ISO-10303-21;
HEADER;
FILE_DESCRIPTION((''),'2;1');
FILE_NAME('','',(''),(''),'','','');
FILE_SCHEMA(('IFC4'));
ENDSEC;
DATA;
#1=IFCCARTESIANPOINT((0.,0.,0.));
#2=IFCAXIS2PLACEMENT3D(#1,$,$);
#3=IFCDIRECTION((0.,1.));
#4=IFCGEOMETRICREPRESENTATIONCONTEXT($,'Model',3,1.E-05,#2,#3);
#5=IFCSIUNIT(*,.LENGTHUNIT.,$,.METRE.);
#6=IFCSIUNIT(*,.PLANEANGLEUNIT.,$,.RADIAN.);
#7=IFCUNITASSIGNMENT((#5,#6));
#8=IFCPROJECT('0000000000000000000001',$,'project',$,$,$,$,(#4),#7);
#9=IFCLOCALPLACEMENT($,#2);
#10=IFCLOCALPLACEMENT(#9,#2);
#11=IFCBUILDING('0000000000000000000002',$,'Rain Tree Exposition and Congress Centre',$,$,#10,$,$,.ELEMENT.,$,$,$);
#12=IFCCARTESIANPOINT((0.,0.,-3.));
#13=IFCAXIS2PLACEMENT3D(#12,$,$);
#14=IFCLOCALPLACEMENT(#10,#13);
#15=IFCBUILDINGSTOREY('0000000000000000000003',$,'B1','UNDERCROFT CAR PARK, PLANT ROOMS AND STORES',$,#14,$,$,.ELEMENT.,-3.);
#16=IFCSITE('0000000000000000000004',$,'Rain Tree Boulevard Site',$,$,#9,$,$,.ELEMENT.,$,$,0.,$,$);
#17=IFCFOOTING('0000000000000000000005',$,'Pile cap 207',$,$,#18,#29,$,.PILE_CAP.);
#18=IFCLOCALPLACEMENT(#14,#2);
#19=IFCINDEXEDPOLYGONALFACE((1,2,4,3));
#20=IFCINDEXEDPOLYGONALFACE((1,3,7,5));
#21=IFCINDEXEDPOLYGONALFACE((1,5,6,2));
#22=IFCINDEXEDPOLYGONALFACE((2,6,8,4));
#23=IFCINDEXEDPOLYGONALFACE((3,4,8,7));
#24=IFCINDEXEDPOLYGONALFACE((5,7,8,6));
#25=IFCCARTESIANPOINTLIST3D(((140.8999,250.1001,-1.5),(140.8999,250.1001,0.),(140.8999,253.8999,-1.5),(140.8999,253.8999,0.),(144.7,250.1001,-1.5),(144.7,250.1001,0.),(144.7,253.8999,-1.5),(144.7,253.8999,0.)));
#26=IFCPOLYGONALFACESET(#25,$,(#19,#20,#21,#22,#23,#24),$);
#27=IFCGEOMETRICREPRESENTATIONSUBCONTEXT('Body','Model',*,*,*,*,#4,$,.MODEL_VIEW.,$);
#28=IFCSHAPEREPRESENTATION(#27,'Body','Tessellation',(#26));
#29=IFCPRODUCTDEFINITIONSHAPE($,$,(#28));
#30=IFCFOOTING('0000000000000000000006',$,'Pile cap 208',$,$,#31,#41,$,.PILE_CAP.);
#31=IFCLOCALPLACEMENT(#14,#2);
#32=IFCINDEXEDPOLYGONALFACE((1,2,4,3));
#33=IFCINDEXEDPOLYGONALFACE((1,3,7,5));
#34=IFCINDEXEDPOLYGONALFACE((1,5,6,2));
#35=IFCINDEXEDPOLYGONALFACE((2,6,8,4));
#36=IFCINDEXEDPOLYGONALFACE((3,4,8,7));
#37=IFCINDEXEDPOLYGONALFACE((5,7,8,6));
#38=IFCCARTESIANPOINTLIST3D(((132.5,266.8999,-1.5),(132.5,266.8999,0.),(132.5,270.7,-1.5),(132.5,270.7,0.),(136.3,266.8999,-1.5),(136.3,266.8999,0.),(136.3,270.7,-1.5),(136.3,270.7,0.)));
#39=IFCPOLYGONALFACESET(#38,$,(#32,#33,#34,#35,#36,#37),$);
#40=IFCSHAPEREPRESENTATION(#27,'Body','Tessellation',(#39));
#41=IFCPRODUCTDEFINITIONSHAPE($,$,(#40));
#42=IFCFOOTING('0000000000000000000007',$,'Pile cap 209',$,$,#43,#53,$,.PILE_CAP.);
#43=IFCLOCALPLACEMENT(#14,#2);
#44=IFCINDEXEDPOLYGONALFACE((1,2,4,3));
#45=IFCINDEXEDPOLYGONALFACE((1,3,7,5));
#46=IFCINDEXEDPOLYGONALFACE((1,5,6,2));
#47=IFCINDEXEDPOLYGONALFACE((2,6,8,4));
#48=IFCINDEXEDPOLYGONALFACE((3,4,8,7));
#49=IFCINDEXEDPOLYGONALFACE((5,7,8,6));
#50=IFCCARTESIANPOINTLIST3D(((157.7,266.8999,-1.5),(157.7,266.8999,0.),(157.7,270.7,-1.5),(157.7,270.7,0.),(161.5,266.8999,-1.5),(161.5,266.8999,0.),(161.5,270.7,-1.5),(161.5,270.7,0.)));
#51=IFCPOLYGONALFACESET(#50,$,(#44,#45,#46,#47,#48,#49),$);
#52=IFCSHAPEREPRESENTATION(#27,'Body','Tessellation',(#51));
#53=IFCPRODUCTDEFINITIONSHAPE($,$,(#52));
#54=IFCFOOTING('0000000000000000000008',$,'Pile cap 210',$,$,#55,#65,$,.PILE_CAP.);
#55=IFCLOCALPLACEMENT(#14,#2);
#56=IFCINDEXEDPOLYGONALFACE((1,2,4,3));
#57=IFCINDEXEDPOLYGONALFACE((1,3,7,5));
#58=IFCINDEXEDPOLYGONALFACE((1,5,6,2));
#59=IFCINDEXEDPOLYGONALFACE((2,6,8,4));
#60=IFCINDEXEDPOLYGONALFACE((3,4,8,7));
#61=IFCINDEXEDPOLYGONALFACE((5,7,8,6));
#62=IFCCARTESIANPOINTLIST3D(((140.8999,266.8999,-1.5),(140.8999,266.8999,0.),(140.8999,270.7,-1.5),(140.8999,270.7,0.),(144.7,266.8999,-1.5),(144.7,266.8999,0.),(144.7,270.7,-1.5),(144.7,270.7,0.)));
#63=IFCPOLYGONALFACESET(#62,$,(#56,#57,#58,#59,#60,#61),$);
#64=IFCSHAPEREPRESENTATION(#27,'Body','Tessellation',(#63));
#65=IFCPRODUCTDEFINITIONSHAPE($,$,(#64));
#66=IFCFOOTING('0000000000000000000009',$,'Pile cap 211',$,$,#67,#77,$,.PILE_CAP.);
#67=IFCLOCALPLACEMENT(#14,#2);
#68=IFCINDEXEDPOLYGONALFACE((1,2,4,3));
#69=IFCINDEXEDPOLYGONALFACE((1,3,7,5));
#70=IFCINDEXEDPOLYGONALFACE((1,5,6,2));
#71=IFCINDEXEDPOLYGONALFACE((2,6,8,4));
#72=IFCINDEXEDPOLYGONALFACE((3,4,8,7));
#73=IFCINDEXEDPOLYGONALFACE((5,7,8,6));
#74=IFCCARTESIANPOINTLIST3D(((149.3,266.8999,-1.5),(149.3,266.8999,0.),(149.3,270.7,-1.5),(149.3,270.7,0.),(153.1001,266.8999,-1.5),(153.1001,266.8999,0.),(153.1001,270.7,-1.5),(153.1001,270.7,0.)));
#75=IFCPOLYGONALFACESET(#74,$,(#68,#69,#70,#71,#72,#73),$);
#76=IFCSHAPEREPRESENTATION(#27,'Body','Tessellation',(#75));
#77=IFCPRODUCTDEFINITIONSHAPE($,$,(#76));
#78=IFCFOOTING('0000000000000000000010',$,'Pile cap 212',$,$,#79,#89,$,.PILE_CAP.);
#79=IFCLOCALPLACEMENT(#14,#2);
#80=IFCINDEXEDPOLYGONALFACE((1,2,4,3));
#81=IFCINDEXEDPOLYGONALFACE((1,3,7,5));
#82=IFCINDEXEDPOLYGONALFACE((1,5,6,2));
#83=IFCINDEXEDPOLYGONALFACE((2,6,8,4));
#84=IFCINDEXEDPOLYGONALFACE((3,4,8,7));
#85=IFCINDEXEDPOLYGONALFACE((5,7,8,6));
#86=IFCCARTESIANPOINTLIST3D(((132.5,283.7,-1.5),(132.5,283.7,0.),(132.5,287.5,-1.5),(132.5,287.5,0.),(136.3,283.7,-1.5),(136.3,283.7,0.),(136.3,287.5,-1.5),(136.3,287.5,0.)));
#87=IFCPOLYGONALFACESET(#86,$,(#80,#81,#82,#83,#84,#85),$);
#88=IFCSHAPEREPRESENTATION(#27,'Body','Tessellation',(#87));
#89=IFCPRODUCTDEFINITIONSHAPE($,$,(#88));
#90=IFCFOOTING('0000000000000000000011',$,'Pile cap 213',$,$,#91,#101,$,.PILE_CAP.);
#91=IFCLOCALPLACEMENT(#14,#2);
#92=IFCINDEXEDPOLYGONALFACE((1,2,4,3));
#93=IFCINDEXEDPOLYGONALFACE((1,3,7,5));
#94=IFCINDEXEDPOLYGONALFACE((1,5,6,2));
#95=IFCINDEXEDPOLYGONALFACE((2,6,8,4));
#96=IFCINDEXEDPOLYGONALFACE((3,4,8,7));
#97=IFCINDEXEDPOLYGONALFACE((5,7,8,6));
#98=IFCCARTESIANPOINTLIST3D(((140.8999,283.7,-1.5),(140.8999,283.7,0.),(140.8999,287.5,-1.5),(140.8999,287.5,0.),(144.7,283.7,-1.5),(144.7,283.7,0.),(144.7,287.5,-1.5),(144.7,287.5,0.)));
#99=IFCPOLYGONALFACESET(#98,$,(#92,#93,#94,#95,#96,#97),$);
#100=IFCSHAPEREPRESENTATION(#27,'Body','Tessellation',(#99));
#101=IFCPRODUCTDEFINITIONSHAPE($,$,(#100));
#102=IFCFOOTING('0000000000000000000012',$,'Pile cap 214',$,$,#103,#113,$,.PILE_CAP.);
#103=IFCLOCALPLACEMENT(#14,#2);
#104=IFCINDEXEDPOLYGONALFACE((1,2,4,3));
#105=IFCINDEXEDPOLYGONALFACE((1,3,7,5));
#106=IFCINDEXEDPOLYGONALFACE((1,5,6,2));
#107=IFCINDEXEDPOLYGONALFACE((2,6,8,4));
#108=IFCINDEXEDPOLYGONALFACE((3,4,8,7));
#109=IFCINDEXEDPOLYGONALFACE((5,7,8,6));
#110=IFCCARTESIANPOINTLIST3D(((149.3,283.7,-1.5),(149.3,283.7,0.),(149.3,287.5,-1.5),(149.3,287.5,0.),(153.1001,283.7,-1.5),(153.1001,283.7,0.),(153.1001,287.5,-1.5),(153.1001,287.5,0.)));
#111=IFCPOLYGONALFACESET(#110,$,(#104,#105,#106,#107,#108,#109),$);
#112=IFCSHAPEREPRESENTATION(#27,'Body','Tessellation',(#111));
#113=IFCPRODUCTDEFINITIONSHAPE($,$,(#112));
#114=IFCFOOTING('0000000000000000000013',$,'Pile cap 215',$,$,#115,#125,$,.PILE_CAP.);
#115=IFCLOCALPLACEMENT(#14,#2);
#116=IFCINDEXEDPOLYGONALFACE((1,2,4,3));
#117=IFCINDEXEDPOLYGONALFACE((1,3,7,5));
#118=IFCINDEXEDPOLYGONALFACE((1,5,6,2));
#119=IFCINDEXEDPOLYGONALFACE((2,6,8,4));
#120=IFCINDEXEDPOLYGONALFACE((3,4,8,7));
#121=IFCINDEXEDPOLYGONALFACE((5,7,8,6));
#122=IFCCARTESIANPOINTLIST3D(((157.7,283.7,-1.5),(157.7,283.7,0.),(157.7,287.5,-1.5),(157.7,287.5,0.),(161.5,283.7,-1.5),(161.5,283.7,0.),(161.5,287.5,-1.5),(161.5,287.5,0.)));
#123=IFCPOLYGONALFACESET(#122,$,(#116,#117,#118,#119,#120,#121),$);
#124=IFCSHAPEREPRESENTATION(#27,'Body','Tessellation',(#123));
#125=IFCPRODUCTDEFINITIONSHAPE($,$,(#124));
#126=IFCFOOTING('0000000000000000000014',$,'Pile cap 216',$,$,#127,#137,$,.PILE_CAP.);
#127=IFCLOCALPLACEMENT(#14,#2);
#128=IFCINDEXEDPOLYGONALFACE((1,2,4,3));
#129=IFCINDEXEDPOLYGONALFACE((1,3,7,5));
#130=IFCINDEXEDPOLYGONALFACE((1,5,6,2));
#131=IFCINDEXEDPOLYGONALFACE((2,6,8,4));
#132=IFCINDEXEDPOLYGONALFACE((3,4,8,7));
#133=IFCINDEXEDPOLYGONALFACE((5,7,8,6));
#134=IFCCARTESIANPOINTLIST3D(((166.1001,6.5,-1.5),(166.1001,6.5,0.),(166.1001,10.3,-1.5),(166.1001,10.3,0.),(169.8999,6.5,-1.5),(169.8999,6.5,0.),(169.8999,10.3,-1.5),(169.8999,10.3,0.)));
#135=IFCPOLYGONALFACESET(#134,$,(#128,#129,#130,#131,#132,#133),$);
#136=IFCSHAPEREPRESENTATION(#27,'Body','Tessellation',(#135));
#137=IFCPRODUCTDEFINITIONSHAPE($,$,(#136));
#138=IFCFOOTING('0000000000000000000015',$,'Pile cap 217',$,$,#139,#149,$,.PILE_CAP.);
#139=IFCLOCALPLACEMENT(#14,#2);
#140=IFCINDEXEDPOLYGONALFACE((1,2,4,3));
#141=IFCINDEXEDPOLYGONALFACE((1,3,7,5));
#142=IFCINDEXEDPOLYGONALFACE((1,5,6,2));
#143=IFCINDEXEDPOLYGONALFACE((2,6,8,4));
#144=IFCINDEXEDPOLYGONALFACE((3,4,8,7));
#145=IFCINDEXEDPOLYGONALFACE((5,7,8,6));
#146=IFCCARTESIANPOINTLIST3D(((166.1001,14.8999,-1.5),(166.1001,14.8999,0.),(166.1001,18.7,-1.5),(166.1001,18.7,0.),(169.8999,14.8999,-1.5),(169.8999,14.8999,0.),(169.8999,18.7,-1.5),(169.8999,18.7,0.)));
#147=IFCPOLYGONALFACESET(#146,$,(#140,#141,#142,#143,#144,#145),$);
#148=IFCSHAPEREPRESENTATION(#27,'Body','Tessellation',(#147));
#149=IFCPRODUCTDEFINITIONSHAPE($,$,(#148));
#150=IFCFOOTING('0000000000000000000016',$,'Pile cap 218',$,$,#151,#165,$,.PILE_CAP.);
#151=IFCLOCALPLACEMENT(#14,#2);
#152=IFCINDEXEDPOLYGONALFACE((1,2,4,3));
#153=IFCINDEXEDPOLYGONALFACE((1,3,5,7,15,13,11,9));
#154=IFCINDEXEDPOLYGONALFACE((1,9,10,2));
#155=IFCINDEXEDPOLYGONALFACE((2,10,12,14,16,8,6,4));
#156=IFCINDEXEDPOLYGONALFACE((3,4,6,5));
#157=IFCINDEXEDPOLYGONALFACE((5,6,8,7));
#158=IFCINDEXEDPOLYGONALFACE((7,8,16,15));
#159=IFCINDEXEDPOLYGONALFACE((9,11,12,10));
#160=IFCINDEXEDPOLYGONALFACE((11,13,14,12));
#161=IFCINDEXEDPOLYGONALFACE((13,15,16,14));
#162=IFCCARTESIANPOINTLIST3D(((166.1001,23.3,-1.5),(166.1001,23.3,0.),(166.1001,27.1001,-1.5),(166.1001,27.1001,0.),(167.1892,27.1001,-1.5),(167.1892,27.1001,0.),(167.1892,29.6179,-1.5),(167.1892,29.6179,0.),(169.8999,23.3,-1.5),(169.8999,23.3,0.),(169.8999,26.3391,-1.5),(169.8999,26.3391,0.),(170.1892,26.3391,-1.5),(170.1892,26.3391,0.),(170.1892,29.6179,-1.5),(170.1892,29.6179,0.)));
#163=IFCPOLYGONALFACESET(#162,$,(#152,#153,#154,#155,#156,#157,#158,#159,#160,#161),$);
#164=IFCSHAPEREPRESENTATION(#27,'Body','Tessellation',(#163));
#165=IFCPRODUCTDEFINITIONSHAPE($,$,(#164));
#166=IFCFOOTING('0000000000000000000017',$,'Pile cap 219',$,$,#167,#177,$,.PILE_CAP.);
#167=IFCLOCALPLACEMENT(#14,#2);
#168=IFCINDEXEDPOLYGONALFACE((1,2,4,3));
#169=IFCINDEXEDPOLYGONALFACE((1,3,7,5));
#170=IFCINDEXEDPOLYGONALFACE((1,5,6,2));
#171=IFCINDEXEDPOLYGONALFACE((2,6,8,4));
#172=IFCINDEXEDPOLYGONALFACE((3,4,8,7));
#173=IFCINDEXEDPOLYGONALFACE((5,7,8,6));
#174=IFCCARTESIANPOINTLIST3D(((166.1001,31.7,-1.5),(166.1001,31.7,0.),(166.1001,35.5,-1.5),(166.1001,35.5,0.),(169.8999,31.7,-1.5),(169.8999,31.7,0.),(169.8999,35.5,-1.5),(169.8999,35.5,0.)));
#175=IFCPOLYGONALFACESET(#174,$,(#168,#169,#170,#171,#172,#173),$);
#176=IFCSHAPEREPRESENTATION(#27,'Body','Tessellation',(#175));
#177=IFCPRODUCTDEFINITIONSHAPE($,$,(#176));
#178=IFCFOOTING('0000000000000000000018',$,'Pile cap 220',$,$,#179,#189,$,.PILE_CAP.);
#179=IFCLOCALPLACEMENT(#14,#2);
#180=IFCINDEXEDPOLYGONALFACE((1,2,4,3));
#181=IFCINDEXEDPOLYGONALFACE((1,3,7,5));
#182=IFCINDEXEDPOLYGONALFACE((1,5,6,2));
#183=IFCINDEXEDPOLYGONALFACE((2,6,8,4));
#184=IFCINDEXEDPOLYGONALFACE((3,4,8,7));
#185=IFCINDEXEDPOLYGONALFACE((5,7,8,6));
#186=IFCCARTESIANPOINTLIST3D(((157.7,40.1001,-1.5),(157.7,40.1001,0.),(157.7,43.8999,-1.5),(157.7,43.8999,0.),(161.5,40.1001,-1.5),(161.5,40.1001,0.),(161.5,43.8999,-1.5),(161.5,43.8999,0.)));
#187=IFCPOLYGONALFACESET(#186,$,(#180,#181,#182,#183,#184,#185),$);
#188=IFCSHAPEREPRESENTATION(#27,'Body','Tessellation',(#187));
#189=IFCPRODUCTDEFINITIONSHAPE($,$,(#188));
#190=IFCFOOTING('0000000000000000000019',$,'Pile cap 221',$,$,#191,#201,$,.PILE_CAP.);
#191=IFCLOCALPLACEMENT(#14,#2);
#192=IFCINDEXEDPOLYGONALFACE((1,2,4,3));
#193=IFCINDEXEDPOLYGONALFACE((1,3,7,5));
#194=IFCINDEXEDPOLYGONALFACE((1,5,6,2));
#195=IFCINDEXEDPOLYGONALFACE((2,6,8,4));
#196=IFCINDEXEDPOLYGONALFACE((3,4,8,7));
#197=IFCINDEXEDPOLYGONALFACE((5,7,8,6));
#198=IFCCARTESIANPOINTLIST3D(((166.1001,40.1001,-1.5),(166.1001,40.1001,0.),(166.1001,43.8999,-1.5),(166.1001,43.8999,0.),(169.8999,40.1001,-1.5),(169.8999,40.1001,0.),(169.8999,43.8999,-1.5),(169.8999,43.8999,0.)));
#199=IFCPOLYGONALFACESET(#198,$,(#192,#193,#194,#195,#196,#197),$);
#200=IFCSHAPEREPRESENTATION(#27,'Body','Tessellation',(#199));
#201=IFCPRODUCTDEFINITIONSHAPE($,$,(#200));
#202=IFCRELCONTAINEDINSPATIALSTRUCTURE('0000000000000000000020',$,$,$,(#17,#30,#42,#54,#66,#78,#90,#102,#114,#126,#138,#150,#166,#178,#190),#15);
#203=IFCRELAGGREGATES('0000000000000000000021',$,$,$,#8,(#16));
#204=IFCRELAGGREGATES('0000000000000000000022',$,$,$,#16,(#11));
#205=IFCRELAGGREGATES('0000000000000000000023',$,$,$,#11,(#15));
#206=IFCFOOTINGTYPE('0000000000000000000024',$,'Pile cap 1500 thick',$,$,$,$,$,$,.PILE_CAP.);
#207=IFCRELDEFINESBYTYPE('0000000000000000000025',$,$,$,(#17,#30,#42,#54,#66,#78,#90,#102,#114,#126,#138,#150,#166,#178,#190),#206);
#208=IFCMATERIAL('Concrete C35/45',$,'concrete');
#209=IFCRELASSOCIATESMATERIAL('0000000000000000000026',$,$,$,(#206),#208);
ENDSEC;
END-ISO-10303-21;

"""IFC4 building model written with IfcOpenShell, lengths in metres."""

from ifc_helpers import new_model, si_unit, direction, frame, origin, place, context, subcontext, project, spatial, polyline, outline, extrude, material, type_object, element, save


model = new_model("IFC4")

# Units and contexts
model_context = context("Model", 3, precision=1e-05, world=origin(), true_north=direction((0.0, 1.0)))
body_context = subcontext(model_context, "Body", "Model", "MODEL_VIEW")
ifc_project = project(units=[si_unit("LENGTHUNIT", "METRE"), si_unit("PLANEANGLEUNIT", "RADIAN")], contexts=[model_context])

# Site, building, storey
site_placement = place(None, origin())
site = spatial("IfcSite", under=ifc_project, at=site_placement, Name="Rain Tree Boulevard Site", CompositionType="ELEMENT", RefElevation=0.0)
building_placement = place(site_placement, origin())
building = spatial("IfcBuilding", under=site, at=building_placement, Name="Rain Tree Exposition and Congress Centre", CompositionType="ELEMENT")
storey_placement = place(building_placement, frame((0.0, 0.0, -3.0)))
storey = spatial("IfcBuildingStorey", under=building, at=storey_placement, Name="B1", Description="UNDERCROFT CAR PARK, PLANT ROOMS AND STORES", CompositionType="ELEMENT", Elevation=-3.0)

# Footings
ifc_material_1 = material(Name="Concrete C35/45", Category="concrete")
footing_type_1 = type_object("IfcFootingType", Name="Pile cap 1500 thick", PredefinedType="PILE_CAP", material=ifc_material_1)
footing_1_placement = place(storey_placement, frame((0.0, 0.0, -1.5)))
element("IfcFooting", 1, at=footing_1_placement, inside=storey, type_object=footing_type_1, Name="Pile cap 207", PredefinedType="PILE_CAP", context=body_context, shape_type="SweptSolid", body=[
    extrude(outline(polyline([(144.7, 250.1001), (144.7, 253.8999), (140.8999, 253.8999), (140.8999, 250.1001), (144.7, 250.1001)])), origin(), (0.0, 0.0, 1.0), 1.5),
])
footing_2_placement = place(storey_placement, frame((0.0, 0.0, -1.5)))
element("IfcFooting", 2, at=footing_2_placement, inside=storey, type_object=footing_type_1, Name="Pile cap 208", PredefinedType="PILE_CAP", context=body_context, shape_type="SweptSolid", body=[
    extrude(outline(polyline([(136.3, 266.8999), (136.3, 270.7), (132.5, 270.7), (132.5, 266.8999), (136.3, 266.8999)])), origin(), (0.0, 0.0, 1.0), 1.5),
])
footing_3_placement = place(storey_placement, frame((0.0, 0.0, -1.5)))
element("IfcFooting", 3, at=footing_3_placement, inside=storey, type_object=footing_type_1, Name="Pile cap 209", PredefinedType="PILE_CAP", context=body_context, shape_type="SweptSolid", body=[
    extrude(outline(polyline([(161.5, 266.8999), (161.5, 270.7), (157.7, 270.7), (157.7, 266.8999), (161.5, 266.8999)])), origin(), (0.0, 0.0, 1.0), 1.5),
])
footing_4_placement = place(storey_placement, frame((0.0, 0.0, -1.5)))
element("IfcFooting", 4, at=footing_4_placement, inside=storey, type_object=footing_type_1, Name="Pile cap 210", PredefinedType="PILE_CAP", context=body_context, shape_type="SweptSolid", body=[
    extrude(outline(polyline([(144.7, 266.8999), (144.7, 270.7), (140.8999, 270.7), (140.8999, 266.8999), (144.7, 266.8999)])), origin(), (0.0, 0.0, 1.0), 1.5),
])
footing_5_placement = place(storey_placement, frame((0.0, 0.0, -1.5)))
element("IfcFooting", 5, at=footing_5_placement, inside=storey, type_object=footing_type_1, Name="Pile cap 211", PredefinedType="PILE_CAP", context=body_context, shape_type="SweptSolid", body=[
    extrude(outline(polyline([(153.1001, 266.8999), (153.1001, 270.7), (149.3, 270.7), (149.3, 266.8999), (153.1001, 266.8999)])), origin(), (0.0, 0.0, 1.0), 1.5),
])
footing_6_placement = place(storey_placement, frame((0.0, 0.0, -1.5)))
element("IfcFooting", 6, at=footing_6_placement, inside=storey, type_object=footing_type_1, Name="Pile cap 212", PredefinedType="PILE_CAP", context=body_context, shape_type="SweptSolid", body=[
    extrude(outline(polyline([(136.3, 283.7), (136.3, 287.5), (132.5, 287.5), (132.5, 283.7), (136.3, 283.7)])), origin(), (0.0, 0.0, 1.0), 1.5),
])
footing_7_placement = place(storey_placement, frame((0.0, 0.0, -1.5)))
element("IfcFooting", 7, at=footing_7_placement, inside=storey, type_object=footing_type_1, Name="Pile cap 213", PredefinedType="PILE_CAP", context=body_context, shape_type="SweptSolid", body=[
    extrude(outline(polyline([(144.7, 283.7), (144.7, 287.5), (140.8999, 287.5), (140.8999, 283.7), (144.7, 283.7)])), origin(), (0.0, 0.0, 1.0), 1.5),
])
footing_8_placement = place(storey_placement, frame((0.0, 0.0, -1.5)))
element("IfcFooting", 8, at=footing_8_placement, inside=storey, type_object=footing_type_1, Name="Pile cap 214", PredefinedType="PILE_CAP", context=body_context, shape_type="SweptSolid", body=[
    extrude(outline(polyline([(153.1001, 283.7), (153.1001, 287.5), (149.3, 287.5), (149.3, 283.7), (153.1001, 283.7)])), origin(), (0.0, 0.0, 1.0), 1.5),
])
footing_9_placement = place(storey_placement, frame((0.0, 0.0, -1.5)))
element("IfcFooting", 9, at=footing_9_placement, inside=storey, type_object=footing_type_1, Name="Pile cap 215", PredefinedType="PILE_CAP", context=body_context, shape_type="SweptSolid", body=[
    extrude(outline(polyline([(161.5, 283.7), (161.5, 287.5), (157.7, 287.5), (157.7, 283.7), (161.5, 283.7)])), origin(), (0.0, 0.0, 1.0), 1.5),
])
footing_10_placement = place(storey_placement, frame((0.0, 0.0, -1.5)))
element("IfcFooting", 10, at=footing_10_placement, inside=storey, type_object=footing_type_1, Name="Pile cap 216", PredefinedType="PILE_CAP", context=body_context, shape_type="SweptSolid", body=[
    extrude(outline(polyline([(169.8999, 6.5), (169.8999, 10.3), (166.1001, 10.3), (166.1001, 6.5), (169.8999, 6.5)])), origin(), (0.0, 0.0, 1.0), 1.5),
])
footing_11_placement = place(storey_placement, frame((0.0, 0.0, -1.5)))
element("IfcFooting", 11, at=footing_11_placement, inside=storey, type_object=footing_type_1, Name="Pile cap 217", PredefinedType="PILE_CAP", context=body_context, shape_type="SweptSolid", body=[
    extrude(outline(polyline([(169.8999, 14.8999), (169.8999, 18.7), (166.1001, 18.7), (166.1001, 14.8999), (169.8999, 14.8999)])), origin(), (0.0, 0.0, 1.0), 1.5),
])
footing_12_placement = place(storey_placement, frame((0.0, 0.0, -1.5)))
element("IfcFooting", 12, at=footing_12_placement, inside=storey, type_object=footing_type_1, Name="Pile cap 218", PredefinedType="PILE_CAP", context=body_context, shape_type="SweptSolid", body=[
    extrude(outline(polyline([(169.8999, 23.3), (169.8999, 26.3391), (170.1892, 26.3391), (170.1892, 29.6179), (167.1892, 29.6179), (167.1892, 27.1001), (166.1001, 27.1001), (166.1001, 23.3), (169.8999, 23.3)])), origin(), (0.0, 0.0, 1.0), 1.5),
])
footing_13_placement = place(storey_placement, frame((0.0, 0.0, -1.5)))
element("IfcFooting", 13, at=footing_13_placement, inside=storey, type_object=footing_type_1, Name="Pile cap 219", PredefinedType="PILE_CAP", context=body_context, shape_type="SweptSolid", body=[
    extrude(outline(polyline([(169.8999, 31.7), (169.8999, 35.5), (166.1001, 35.5), (166.1001, 31.7), (169.8999, 31.7)])), origin(), (0.0, 0.0, 1.0), 1.5),
])
footing_14_placement = place(storey_placement, frame((0.0, 0.0, -1.5)))
element("IfcFooting", 14, at=footing_14_placement, inside=storey, type_object=footing_type_1, Name="Pile cap 220", PredefinedType="PILE_CAP", context=body_context, shape_type="SweptSolid", body=[
    extrude(outline(polyline([(161.5, 40.1001), (161.5, 43.8999), (157.7, 43.8999), (157.7, 40.1001), (161.5, 40.1001)])), origin(), (0.0, 0.0, 1.0), 1.5),
])
footing_15_placement = place(storey_placement, frame((0.0, 0.0, -1.5)))
element("IfcFooting", 15, at=footing_15_placement, inside=storey, type_object=footing_type_1, Name="Pile cap 221", PredefinedType="PILE_CAP", context=body_context, shape_type="SweptSolid", body=[
    extrude(outline(polyline([(169.8999, 40.1001), (169.8999, 43.8999), (166.1001, 43.8999), (166.1001, 40.1001), (169.8999, 40.1001)])), origin(), (0.0, 0.0, 1.0), 1.5),
])

save(model, "model.ifc")
